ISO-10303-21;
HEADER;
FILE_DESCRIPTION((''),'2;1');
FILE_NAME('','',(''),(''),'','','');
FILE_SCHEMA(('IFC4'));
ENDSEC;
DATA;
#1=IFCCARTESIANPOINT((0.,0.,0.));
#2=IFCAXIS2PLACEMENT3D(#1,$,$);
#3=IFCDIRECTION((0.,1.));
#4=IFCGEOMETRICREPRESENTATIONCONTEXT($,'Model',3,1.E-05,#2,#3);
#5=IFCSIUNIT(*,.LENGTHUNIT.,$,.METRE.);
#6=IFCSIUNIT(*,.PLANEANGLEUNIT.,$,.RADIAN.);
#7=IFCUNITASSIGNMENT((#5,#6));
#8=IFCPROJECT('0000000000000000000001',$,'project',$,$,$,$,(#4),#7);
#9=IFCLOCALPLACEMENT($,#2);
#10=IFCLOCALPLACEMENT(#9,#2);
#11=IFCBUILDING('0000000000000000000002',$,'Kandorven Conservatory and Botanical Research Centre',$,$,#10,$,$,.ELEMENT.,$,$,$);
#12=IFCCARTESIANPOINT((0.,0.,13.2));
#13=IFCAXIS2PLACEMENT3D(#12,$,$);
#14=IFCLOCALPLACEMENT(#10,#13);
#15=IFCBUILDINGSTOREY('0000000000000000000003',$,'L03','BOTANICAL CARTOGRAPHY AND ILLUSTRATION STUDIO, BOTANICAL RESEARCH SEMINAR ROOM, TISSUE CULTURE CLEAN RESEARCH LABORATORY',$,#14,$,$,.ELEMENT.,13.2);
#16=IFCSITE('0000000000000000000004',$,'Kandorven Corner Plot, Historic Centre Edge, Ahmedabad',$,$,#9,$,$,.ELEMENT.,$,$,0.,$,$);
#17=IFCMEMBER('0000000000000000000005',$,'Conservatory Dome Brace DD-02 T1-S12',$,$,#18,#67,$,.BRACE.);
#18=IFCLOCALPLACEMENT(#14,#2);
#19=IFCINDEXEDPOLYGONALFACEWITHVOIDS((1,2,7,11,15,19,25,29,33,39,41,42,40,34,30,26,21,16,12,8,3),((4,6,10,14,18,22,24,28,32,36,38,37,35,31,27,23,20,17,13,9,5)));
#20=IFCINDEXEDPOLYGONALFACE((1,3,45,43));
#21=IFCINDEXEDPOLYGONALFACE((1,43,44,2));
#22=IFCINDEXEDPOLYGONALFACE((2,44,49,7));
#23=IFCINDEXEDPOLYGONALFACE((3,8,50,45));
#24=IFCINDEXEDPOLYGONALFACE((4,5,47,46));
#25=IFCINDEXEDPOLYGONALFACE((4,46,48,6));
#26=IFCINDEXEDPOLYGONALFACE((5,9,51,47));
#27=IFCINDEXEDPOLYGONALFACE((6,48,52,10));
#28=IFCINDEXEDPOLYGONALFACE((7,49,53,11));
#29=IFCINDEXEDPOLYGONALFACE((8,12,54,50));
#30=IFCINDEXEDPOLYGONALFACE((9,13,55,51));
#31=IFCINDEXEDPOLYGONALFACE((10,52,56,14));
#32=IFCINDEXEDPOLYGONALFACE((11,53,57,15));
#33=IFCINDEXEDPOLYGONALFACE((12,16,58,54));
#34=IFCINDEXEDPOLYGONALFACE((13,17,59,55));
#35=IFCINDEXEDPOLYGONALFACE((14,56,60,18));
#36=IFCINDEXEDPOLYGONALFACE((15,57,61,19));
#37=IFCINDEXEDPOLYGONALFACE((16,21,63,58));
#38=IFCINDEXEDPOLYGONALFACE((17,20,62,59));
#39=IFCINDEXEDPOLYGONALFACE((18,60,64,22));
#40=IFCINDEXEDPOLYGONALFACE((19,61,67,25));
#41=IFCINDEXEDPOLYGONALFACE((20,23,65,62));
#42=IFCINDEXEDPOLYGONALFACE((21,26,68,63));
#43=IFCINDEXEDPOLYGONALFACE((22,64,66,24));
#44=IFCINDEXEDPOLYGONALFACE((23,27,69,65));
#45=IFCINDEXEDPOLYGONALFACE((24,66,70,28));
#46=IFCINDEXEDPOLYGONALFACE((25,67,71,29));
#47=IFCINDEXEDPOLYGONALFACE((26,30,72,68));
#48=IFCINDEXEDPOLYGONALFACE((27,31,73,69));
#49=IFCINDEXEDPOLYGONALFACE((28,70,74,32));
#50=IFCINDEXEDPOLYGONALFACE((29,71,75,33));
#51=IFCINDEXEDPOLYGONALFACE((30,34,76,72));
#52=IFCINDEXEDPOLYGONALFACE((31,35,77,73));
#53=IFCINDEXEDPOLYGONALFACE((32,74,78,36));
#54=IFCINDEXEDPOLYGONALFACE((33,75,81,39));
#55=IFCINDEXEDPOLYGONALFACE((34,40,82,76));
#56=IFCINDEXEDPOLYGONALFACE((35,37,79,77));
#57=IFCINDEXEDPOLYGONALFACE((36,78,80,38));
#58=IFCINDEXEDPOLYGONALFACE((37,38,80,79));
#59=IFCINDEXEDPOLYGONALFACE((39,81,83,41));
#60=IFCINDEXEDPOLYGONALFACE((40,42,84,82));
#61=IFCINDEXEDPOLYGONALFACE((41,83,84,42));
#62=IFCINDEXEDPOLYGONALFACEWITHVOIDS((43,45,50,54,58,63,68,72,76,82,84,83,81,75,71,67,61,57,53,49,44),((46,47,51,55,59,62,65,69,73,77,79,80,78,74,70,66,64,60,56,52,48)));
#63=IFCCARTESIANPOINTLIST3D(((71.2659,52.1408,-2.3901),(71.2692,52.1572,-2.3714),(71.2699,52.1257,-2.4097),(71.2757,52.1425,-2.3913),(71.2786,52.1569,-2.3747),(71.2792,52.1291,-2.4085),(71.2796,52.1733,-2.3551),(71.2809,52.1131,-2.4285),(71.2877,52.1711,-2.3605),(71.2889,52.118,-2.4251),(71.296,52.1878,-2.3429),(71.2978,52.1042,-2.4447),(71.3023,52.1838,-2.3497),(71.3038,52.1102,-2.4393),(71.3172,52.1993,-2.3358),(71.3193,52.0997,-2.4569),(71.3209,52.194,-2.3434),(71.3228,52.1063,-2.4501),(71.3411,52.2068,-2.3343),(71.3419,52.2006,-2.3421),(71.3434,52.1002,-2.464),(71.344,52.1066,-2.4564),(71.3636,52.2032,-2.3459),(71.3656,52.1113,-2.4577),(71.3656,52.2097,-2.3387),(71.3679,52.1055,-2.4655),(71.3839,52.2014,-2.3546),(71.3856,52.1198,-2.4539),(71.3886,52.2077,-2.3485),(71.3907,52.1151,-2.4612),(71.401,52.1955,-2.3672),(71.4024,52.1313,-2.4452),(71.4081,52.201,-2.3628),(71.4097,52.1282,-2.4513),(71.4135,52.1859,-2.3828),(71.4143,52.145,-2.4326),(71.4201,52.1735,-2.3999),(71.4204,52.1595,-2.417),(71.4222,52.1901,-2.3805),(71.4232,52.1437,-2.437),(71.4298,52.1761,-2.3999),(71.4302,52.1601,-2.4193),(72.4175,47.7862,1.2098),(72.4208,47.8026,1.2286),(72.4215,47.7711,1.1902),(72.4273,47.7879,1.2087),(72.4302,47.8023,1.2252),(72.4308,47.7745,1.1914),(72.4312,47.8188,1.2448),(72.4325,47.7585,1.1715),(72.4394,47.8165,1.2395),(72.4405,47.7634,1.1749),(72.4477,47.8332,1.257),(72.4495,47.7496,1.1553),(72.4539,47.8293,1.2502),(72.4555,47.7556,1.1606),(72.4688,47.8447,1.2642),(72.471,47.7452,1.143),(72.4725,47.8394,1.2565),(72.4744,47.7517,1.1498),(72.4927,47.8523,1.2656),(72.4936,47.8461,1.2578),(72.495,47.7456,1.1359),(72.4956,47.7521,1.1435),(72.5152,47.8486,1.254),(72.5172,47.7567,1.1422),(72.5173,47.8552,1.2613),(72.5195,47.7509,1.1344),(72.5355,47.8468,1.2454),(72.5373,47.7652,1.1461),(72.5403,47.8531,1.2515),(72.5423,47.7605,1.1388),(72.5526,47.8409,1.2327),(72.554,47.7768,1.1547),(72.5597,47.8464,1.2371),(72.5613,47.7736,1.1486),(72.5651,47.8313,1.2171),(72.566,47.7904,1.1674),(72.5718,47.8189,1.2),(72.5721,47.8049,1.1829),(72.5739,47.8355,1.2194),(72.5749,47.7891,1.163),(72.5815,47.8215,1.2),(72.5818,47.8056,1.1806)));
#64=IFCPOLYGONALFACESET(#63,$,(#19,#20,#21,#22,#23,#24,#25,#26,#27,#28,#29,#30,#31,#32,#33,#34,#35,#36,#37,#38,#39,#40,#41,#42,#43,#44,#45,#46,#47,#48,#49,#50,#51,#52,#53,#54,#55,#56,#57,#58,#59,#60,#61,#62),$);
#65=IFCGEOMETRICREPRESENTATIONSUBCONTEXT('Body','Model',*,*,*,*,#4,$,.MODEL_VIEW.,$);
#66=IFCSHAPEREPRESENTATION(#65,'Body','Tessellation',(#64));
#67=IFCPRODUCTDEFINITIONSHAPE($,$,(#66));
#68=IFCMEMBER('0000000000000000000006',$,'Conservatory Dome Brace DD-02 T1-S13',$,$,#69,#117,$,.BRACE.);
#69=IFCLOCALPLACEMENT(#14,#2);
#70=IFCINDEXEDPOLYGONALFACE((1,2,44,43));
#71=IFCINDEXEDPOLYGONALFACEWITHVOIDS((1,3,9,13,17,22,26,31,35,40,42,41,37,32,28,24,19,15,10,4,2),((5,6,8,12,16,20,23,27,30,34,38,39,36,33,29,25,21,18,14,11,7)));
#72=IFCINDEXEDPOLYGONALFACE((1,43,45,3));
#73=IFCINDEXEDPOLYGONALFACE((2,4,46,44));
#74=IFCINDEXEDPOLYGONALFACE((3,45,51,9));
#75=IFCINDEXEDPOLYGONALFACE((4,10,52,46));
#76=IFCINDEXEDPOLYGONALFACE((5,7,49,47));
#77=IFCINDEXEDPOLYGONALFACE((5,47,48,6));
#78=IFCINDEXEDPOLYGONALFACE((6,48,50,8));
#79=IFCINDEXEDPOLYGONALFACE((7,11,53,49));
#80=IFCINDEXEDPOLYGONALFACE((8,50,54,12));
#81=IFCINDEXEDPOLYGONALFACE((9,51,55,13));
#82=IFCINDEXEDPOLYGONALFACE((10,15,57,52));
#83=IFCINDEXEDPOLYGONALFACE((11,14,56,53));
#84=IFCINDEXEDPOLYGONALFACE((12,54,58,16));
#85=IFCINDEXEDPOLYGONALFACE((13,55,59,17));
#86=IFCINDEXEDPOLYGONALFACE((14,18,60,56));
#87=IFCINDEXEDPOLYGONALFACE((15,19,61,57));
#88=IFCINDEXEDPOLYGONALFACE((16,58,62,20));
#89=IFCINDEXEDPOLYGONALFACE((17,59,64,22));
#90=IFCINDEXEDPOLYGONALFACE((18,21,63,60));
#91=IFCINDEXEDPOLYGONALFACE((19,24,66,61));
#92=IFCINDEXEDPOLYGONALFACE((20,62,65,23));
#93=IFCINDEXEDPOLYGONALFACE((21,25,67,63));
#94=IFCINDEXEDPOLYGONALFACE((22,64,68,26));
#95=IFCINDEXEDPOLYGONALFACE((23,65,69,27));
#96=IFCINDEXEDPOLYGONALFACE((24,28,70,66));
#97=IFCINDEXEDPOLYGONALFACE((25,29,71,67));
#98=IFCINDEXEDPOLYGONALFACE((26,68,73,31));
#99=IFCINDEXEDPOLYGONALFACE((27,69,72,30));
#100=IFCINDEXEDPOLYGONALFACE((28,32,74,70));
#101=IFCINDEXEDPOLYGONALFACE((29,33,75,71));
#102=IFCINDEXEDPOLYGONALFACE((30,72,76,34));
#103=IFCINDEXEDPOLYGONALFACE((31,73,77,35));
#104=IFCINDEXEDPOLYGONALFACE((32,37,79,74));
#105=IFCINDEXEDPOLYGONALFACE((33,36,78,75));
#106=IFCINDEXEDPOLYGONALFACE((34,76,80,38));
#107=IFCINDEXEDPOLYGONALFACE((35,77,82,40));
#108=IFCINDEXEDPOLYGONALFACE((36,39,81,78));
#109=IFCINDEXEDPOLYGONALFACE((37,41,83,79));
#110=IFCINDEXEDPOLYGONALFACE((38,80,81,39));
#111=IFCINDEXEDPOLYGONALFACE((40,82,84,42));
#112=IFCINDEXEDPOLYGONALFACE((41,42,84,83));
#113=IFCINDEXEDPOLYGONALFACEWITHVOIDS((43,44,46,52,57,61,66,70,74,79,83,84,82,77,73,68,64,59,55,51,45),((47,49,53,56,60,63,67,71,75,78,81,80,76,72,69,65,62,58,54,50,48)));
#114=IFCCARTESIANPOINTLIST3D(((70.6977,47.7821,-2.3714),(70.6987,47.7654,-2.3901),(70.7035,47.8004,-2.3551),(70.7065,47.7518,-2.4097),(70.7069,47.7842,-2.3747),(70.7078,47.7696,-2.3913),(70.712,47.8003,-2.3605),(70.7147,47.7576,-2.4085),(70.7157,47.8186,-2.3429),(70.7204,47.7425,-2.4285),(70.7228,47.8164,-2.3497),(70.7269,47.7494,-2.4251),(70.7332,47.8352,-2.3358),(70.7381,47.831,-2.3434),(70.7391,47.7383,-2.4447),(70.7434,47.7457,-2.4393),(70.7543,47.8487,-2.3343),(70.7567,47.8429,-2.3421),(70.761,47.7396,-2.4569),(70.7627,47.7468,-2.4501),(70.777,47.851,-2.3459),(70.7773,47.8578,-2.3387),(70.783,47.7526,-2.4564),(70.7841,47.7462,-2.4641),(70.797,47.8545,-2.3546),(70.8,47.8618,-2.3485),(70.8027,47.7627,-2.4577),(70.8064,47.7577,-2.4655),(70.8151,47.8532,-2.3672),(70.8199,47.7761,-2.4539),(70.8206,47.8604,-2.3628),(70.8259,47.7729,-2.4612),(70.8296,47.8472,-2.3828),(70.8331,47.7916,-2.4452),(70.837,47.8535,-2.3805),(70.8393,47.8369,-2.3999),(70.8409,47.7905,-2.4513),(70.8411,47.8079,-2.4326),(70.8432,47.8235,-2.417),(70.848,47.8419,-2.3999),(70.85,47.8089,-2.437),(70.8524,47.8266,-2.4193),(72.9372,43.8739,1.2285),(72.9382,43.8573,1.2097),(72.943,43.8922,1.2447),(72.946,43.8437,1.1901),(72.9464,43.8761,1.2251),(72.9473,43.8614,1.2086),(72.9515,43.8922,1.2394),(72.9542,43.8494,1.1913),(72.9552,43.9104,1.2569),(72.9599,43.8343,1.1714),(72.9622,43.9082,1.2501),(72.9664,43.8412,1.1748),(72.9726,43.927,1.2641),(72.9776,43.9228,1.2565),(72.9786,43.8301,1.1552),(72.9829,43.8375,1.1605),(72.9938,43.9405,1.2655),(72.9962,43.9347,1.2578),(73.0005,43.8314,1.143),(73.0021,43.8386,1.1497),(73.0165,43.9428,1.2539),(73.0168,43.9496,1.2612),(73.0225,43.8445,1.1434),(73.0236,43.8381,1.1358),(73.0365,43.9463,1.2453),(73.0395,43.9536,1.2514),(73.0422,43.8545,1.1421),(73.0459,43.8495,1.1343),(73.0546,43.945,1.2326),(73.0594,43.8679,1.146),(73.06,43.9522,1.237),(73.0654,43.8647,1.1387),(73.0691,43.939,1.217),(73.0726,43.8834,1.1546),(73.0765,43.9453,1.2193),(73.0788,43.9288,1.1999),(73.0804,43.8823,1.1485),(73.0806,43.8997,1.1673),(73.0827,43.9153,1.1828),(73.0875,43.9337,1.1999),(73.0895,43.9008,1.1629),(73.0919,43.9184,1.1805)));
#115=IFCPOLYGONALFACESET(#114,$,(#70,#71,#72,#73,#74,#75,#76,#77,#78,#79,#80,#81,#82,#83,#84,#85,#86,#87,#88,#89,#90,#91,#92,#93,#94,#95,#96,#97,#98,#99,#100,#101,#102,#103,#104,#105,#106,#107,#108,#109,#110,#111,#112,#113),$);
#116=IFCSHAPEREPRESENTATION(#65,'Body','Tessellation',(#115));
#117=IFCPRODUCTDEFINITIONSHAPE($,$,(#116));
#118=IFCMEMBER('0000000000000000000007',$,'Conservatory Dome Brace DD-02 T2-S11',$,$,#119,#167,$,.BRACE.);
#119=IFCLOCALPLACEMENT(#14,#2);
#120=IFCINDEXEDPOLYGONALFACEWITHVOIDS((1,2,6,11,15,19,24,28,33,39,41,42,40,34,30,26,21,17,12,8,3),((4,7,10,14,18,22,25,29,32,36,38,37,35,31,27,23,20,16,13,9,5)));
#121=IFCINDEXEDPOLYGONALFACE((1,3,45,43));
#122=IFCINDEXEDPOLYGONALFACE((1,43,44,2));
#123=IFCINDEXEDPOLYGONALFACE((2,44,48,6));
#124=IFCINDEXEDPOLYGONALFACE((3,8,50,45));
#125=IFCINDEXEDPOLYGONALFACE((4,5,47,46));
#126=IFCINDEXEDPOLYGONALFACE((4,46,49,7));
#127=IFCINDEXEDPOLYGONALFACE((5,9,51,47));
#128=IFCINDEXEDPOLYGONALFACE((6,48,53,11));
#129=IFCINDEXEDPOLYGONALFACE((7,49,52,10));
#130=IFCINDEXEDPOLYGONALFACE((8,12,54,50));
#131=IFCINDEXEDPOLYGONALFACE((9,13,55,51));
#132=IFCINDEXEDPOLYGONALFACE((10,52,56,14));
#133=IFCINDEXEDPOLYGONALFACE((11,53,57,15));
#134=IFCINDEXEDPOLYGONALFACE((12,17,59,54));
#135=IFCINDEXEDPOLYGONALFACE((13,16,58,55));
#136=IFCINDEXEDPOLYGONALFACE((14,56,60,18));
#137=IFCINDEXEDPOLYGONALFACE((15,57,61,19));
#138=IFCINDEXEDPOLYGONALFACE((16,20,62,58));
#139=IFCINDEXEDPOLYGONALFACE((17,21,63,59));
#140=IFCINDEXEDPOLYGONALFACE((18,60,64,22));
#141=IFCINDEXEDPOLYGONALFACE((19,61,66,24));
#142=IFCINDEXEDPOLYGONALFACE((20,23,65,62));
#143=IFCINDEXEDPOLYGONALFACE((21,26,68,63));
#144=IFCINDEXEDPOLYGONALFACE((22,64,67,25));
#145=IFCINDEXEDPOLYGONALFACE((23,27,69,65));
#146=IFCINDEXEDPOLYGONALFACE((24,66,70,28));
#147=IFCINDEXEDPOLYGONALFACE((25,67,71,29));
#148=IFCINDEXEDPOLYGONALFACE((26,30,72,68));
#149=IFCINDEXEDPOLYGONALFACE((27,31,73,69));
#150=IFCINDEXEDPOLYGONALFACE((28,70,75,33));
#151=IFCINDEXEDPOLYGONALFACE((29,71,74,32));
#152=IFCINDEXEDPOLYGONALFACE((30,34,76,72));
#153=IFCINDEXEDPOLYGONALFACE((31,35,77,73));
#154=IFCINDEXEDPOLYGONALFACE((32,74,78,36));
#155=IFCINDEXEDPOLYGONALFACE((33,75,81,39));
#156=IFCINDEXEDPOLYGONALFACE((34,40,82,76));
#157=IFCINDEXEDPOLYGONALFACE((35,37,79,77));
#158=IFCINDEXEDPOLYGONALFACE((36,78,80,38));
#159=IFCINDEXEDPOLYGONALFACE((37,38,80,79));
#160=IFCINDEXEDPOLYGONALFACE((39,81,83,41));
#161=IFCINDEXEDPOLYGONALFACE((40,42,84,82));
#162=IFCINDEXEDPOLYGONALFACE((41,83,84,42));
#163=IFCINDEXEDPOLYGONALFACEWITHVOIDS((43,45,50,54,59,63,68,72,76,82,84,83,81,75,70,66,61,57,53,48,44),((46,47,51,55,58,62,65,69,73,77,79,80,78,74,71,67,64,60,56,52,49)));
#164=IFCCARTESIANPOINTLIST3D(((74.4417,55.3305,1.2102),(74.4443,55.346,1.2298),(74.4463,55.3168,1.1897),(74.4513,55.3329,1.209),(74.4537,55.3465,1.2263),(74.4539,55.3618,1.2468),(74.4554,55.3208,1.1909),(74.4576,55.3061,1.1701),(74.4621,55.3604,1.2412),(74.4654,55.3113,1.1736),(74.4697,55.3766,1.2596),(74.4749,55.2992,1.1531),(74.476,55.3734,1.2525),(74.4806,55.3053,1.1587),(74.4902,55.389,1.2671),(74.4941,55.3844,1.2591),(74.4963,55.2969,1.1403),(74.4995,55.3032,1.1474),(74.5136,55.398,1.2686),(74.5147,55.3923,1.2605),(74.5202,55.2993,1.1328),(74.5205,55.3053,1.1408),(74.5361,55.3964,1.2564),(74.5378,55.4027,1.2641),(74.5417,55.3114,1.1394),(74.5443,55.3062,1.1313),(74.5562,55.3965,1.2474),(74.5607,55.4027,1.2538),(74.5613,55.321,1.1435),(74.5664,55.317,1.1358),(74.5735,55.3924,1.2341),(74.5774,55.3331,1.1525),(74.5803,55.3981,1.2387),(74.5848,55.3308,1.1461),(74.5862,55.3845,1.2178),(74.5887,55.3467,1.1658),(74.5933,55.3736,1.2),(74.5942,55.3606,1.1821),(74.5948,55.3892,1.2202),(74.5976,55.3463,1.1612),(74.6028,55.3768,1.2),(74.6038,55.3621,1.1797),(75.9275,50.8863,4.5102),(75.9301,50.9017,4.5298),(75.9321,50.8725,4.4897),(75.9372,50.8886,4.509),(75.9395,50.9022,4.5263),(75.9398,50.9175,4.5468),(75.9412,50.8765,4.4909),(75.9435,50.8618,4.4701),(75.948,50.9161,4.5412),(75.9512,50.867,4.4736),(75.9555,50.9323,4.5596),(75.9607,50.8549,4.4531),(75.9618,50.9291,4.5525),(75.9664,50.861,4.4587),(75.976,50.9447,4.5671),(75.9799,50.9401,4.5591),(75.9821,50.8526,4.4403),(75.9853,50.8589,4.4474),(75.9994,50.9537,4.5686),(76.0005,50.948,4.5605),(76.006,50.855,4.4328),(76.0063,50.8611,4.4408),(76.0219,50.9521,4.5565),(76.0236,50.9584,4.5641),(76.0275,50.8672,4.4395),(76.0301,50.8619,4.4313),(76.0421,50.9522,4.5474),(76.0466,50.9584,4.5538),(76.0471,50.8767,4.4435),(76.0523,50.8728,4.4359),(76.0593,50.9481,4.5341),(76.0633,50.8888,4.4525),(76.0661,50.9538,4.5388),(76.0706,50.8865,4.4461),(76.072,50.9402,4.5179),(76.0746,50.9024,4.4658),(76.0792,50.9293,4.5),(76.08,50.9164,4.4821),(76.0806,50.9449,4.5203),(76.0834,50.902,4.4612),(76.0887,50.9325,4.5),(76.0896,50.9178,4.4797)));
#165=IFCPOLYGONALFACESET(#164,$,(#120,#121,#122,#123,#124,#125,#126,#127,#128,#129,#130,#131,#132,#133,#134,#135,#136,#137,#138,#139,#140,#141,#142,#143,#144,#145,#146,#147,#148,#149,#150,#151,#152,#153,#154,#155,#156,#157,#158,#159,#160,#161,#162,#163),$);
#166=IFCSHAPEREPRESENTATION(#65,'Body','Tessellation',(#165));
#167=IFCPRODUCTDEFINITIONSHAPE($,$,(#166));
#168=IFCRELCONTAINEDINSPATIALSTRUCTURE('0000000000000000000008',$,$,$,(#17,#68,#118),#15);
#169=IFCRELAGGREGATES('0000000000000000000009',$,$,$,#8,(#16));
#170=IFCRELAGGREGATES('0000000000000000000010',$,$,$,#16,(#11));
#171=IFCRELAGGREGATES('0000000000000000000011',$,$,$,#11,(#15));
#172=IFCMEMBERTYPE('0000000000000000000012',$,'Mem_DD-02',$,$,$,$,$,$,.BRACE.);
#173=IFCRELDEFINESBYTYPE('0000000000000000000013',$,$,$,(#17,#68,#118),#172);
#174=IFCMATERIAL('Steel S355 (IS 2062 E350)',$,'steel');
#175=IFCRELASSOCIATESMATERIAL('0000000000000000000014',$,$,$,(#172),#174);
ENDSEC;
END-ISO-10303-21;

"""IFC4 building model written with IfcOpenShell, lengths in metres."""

from ifc_helpers import new_model, si_unit, direction, frame, origin, origin_2d, place, context, subcontext, project, spatial, hollow_circle, extrude, material, material_profile, profile_set, type_object, element, save


model = new_model("IFC4")

# Units and contexts
model_context = context("Model", 3, precision=1e-05, world=origin(), true_north=direction((0.0, 1.0)))
body_context = subcontext(model_context, "Body", "Model", "MODEL_VIEW")
ifc_project = project(units=[si_unit("LENGTHUNIT", "METRE"), si_unit("PLANEANGLEUNIT", "RADIAN")], contexts=[model_context])

# Site, building, storey
site_placement = place(None, origin())
site = spatial("IfcSite", under=ifc_project, at=site_placement, Name="Kandorven Corner Plot, Historic Centre Edge, Ahmedabad", CompositionType="ELEMENT", RefElevation=0.0)
building_placement = place(site_placement, origin())
building = spatial("IfcBuilding", under=site, at=building_placement, Name="Kandorven Conservatory and Botanical Research Centre", CompositionType="ELEMENT")
storey_placement = place(building_placement, frame((0.0, 0.0, 13.2)))
storey = spatial("IfcBuildingStorey", under=building, at=storey_placement, Name="L03", Description="BOTANICAL CARTOGRAPHY AND ILLUSTRATION STUDIO, BOTANICAL RESEARCH SEMINAR ROOM, TISSUE CULTURE CLEAN RESEARCH LABORATORY", CompositionType="ELEMENT", Elevation=13.2)

# Members
ifc_material_1 = material(Name="Steel S355 (IS 2062 E350)", Category="steel")
ifc_material_profile_1 = material_profile(ifc_material_1, hollow_circle(Radius=0.0842, WallThickness=0.01, at=origin_2d()))
ifc_profile_set_1 = profile_set([ifc_material_profile_1], Name="Steel S355 (IS 2062 E350)")
member_type_1 = type_object("IfcMemberType", Name="Mem_DD-02", PredefinedType="BRACE", material=ifc_profile_set_1)
for number, where, z_axis, x_axis, name in (
    (1, (71.3484, 52.1545, -2.3999), (0.199724, -0.755202, 0.624324), (0.966763, 0.255675, 0.0), "Conservatory Dome Brace DD-02 T1-S12"),
    (2, (70.7749, 47.8, -2.3999), (0.388388, -0.677785, 0.624309), (0.867645, 0.497183, 0.0), "Conservatory Dome Brace DD-02 T1-S13"),
):
    element("IfcMember", number, at=place(storey_placement, frame(where, z_axis=z_axis, x_axis=x_axis)), inside=storey, type_object=member_type_1, Name=name, PredefinedType="BRACE", context=body_context, shape_type="SweptSolid", body=[
        extrude(hollow_circle(Radius=0.0842, WallThickness=0.01, at=origin_2d()), origin(), (0.0, 0.0, 1.0), 5.7661),
    ])
for number, where, z_axis, x_axis, name in (
    (3, (74.5229, 55.3501, 1.2), (0.259241, -0.775422, 0.575773), (0.948402, 0.317072, 0.0), "Conservatory Dome Brace DD-02 T2-S11"),
):
    element("IfcMember", number, at=place(storey_placement, frame(where, z_axis=z_axis, x_axis=x_axis)), inside=storey, type_object=member_type_1, Name=name, PredefinedType="BRACE", context=body_context, shape_type="SweptSolid", body=[
        extrude(hollow_circle(Radius=0.0842, WallThickness=0.01, at=origin_2d()), origin(), (0.0, 0.0, 1.0), 5.7314),
    ])

save(model, "model.ifc")
